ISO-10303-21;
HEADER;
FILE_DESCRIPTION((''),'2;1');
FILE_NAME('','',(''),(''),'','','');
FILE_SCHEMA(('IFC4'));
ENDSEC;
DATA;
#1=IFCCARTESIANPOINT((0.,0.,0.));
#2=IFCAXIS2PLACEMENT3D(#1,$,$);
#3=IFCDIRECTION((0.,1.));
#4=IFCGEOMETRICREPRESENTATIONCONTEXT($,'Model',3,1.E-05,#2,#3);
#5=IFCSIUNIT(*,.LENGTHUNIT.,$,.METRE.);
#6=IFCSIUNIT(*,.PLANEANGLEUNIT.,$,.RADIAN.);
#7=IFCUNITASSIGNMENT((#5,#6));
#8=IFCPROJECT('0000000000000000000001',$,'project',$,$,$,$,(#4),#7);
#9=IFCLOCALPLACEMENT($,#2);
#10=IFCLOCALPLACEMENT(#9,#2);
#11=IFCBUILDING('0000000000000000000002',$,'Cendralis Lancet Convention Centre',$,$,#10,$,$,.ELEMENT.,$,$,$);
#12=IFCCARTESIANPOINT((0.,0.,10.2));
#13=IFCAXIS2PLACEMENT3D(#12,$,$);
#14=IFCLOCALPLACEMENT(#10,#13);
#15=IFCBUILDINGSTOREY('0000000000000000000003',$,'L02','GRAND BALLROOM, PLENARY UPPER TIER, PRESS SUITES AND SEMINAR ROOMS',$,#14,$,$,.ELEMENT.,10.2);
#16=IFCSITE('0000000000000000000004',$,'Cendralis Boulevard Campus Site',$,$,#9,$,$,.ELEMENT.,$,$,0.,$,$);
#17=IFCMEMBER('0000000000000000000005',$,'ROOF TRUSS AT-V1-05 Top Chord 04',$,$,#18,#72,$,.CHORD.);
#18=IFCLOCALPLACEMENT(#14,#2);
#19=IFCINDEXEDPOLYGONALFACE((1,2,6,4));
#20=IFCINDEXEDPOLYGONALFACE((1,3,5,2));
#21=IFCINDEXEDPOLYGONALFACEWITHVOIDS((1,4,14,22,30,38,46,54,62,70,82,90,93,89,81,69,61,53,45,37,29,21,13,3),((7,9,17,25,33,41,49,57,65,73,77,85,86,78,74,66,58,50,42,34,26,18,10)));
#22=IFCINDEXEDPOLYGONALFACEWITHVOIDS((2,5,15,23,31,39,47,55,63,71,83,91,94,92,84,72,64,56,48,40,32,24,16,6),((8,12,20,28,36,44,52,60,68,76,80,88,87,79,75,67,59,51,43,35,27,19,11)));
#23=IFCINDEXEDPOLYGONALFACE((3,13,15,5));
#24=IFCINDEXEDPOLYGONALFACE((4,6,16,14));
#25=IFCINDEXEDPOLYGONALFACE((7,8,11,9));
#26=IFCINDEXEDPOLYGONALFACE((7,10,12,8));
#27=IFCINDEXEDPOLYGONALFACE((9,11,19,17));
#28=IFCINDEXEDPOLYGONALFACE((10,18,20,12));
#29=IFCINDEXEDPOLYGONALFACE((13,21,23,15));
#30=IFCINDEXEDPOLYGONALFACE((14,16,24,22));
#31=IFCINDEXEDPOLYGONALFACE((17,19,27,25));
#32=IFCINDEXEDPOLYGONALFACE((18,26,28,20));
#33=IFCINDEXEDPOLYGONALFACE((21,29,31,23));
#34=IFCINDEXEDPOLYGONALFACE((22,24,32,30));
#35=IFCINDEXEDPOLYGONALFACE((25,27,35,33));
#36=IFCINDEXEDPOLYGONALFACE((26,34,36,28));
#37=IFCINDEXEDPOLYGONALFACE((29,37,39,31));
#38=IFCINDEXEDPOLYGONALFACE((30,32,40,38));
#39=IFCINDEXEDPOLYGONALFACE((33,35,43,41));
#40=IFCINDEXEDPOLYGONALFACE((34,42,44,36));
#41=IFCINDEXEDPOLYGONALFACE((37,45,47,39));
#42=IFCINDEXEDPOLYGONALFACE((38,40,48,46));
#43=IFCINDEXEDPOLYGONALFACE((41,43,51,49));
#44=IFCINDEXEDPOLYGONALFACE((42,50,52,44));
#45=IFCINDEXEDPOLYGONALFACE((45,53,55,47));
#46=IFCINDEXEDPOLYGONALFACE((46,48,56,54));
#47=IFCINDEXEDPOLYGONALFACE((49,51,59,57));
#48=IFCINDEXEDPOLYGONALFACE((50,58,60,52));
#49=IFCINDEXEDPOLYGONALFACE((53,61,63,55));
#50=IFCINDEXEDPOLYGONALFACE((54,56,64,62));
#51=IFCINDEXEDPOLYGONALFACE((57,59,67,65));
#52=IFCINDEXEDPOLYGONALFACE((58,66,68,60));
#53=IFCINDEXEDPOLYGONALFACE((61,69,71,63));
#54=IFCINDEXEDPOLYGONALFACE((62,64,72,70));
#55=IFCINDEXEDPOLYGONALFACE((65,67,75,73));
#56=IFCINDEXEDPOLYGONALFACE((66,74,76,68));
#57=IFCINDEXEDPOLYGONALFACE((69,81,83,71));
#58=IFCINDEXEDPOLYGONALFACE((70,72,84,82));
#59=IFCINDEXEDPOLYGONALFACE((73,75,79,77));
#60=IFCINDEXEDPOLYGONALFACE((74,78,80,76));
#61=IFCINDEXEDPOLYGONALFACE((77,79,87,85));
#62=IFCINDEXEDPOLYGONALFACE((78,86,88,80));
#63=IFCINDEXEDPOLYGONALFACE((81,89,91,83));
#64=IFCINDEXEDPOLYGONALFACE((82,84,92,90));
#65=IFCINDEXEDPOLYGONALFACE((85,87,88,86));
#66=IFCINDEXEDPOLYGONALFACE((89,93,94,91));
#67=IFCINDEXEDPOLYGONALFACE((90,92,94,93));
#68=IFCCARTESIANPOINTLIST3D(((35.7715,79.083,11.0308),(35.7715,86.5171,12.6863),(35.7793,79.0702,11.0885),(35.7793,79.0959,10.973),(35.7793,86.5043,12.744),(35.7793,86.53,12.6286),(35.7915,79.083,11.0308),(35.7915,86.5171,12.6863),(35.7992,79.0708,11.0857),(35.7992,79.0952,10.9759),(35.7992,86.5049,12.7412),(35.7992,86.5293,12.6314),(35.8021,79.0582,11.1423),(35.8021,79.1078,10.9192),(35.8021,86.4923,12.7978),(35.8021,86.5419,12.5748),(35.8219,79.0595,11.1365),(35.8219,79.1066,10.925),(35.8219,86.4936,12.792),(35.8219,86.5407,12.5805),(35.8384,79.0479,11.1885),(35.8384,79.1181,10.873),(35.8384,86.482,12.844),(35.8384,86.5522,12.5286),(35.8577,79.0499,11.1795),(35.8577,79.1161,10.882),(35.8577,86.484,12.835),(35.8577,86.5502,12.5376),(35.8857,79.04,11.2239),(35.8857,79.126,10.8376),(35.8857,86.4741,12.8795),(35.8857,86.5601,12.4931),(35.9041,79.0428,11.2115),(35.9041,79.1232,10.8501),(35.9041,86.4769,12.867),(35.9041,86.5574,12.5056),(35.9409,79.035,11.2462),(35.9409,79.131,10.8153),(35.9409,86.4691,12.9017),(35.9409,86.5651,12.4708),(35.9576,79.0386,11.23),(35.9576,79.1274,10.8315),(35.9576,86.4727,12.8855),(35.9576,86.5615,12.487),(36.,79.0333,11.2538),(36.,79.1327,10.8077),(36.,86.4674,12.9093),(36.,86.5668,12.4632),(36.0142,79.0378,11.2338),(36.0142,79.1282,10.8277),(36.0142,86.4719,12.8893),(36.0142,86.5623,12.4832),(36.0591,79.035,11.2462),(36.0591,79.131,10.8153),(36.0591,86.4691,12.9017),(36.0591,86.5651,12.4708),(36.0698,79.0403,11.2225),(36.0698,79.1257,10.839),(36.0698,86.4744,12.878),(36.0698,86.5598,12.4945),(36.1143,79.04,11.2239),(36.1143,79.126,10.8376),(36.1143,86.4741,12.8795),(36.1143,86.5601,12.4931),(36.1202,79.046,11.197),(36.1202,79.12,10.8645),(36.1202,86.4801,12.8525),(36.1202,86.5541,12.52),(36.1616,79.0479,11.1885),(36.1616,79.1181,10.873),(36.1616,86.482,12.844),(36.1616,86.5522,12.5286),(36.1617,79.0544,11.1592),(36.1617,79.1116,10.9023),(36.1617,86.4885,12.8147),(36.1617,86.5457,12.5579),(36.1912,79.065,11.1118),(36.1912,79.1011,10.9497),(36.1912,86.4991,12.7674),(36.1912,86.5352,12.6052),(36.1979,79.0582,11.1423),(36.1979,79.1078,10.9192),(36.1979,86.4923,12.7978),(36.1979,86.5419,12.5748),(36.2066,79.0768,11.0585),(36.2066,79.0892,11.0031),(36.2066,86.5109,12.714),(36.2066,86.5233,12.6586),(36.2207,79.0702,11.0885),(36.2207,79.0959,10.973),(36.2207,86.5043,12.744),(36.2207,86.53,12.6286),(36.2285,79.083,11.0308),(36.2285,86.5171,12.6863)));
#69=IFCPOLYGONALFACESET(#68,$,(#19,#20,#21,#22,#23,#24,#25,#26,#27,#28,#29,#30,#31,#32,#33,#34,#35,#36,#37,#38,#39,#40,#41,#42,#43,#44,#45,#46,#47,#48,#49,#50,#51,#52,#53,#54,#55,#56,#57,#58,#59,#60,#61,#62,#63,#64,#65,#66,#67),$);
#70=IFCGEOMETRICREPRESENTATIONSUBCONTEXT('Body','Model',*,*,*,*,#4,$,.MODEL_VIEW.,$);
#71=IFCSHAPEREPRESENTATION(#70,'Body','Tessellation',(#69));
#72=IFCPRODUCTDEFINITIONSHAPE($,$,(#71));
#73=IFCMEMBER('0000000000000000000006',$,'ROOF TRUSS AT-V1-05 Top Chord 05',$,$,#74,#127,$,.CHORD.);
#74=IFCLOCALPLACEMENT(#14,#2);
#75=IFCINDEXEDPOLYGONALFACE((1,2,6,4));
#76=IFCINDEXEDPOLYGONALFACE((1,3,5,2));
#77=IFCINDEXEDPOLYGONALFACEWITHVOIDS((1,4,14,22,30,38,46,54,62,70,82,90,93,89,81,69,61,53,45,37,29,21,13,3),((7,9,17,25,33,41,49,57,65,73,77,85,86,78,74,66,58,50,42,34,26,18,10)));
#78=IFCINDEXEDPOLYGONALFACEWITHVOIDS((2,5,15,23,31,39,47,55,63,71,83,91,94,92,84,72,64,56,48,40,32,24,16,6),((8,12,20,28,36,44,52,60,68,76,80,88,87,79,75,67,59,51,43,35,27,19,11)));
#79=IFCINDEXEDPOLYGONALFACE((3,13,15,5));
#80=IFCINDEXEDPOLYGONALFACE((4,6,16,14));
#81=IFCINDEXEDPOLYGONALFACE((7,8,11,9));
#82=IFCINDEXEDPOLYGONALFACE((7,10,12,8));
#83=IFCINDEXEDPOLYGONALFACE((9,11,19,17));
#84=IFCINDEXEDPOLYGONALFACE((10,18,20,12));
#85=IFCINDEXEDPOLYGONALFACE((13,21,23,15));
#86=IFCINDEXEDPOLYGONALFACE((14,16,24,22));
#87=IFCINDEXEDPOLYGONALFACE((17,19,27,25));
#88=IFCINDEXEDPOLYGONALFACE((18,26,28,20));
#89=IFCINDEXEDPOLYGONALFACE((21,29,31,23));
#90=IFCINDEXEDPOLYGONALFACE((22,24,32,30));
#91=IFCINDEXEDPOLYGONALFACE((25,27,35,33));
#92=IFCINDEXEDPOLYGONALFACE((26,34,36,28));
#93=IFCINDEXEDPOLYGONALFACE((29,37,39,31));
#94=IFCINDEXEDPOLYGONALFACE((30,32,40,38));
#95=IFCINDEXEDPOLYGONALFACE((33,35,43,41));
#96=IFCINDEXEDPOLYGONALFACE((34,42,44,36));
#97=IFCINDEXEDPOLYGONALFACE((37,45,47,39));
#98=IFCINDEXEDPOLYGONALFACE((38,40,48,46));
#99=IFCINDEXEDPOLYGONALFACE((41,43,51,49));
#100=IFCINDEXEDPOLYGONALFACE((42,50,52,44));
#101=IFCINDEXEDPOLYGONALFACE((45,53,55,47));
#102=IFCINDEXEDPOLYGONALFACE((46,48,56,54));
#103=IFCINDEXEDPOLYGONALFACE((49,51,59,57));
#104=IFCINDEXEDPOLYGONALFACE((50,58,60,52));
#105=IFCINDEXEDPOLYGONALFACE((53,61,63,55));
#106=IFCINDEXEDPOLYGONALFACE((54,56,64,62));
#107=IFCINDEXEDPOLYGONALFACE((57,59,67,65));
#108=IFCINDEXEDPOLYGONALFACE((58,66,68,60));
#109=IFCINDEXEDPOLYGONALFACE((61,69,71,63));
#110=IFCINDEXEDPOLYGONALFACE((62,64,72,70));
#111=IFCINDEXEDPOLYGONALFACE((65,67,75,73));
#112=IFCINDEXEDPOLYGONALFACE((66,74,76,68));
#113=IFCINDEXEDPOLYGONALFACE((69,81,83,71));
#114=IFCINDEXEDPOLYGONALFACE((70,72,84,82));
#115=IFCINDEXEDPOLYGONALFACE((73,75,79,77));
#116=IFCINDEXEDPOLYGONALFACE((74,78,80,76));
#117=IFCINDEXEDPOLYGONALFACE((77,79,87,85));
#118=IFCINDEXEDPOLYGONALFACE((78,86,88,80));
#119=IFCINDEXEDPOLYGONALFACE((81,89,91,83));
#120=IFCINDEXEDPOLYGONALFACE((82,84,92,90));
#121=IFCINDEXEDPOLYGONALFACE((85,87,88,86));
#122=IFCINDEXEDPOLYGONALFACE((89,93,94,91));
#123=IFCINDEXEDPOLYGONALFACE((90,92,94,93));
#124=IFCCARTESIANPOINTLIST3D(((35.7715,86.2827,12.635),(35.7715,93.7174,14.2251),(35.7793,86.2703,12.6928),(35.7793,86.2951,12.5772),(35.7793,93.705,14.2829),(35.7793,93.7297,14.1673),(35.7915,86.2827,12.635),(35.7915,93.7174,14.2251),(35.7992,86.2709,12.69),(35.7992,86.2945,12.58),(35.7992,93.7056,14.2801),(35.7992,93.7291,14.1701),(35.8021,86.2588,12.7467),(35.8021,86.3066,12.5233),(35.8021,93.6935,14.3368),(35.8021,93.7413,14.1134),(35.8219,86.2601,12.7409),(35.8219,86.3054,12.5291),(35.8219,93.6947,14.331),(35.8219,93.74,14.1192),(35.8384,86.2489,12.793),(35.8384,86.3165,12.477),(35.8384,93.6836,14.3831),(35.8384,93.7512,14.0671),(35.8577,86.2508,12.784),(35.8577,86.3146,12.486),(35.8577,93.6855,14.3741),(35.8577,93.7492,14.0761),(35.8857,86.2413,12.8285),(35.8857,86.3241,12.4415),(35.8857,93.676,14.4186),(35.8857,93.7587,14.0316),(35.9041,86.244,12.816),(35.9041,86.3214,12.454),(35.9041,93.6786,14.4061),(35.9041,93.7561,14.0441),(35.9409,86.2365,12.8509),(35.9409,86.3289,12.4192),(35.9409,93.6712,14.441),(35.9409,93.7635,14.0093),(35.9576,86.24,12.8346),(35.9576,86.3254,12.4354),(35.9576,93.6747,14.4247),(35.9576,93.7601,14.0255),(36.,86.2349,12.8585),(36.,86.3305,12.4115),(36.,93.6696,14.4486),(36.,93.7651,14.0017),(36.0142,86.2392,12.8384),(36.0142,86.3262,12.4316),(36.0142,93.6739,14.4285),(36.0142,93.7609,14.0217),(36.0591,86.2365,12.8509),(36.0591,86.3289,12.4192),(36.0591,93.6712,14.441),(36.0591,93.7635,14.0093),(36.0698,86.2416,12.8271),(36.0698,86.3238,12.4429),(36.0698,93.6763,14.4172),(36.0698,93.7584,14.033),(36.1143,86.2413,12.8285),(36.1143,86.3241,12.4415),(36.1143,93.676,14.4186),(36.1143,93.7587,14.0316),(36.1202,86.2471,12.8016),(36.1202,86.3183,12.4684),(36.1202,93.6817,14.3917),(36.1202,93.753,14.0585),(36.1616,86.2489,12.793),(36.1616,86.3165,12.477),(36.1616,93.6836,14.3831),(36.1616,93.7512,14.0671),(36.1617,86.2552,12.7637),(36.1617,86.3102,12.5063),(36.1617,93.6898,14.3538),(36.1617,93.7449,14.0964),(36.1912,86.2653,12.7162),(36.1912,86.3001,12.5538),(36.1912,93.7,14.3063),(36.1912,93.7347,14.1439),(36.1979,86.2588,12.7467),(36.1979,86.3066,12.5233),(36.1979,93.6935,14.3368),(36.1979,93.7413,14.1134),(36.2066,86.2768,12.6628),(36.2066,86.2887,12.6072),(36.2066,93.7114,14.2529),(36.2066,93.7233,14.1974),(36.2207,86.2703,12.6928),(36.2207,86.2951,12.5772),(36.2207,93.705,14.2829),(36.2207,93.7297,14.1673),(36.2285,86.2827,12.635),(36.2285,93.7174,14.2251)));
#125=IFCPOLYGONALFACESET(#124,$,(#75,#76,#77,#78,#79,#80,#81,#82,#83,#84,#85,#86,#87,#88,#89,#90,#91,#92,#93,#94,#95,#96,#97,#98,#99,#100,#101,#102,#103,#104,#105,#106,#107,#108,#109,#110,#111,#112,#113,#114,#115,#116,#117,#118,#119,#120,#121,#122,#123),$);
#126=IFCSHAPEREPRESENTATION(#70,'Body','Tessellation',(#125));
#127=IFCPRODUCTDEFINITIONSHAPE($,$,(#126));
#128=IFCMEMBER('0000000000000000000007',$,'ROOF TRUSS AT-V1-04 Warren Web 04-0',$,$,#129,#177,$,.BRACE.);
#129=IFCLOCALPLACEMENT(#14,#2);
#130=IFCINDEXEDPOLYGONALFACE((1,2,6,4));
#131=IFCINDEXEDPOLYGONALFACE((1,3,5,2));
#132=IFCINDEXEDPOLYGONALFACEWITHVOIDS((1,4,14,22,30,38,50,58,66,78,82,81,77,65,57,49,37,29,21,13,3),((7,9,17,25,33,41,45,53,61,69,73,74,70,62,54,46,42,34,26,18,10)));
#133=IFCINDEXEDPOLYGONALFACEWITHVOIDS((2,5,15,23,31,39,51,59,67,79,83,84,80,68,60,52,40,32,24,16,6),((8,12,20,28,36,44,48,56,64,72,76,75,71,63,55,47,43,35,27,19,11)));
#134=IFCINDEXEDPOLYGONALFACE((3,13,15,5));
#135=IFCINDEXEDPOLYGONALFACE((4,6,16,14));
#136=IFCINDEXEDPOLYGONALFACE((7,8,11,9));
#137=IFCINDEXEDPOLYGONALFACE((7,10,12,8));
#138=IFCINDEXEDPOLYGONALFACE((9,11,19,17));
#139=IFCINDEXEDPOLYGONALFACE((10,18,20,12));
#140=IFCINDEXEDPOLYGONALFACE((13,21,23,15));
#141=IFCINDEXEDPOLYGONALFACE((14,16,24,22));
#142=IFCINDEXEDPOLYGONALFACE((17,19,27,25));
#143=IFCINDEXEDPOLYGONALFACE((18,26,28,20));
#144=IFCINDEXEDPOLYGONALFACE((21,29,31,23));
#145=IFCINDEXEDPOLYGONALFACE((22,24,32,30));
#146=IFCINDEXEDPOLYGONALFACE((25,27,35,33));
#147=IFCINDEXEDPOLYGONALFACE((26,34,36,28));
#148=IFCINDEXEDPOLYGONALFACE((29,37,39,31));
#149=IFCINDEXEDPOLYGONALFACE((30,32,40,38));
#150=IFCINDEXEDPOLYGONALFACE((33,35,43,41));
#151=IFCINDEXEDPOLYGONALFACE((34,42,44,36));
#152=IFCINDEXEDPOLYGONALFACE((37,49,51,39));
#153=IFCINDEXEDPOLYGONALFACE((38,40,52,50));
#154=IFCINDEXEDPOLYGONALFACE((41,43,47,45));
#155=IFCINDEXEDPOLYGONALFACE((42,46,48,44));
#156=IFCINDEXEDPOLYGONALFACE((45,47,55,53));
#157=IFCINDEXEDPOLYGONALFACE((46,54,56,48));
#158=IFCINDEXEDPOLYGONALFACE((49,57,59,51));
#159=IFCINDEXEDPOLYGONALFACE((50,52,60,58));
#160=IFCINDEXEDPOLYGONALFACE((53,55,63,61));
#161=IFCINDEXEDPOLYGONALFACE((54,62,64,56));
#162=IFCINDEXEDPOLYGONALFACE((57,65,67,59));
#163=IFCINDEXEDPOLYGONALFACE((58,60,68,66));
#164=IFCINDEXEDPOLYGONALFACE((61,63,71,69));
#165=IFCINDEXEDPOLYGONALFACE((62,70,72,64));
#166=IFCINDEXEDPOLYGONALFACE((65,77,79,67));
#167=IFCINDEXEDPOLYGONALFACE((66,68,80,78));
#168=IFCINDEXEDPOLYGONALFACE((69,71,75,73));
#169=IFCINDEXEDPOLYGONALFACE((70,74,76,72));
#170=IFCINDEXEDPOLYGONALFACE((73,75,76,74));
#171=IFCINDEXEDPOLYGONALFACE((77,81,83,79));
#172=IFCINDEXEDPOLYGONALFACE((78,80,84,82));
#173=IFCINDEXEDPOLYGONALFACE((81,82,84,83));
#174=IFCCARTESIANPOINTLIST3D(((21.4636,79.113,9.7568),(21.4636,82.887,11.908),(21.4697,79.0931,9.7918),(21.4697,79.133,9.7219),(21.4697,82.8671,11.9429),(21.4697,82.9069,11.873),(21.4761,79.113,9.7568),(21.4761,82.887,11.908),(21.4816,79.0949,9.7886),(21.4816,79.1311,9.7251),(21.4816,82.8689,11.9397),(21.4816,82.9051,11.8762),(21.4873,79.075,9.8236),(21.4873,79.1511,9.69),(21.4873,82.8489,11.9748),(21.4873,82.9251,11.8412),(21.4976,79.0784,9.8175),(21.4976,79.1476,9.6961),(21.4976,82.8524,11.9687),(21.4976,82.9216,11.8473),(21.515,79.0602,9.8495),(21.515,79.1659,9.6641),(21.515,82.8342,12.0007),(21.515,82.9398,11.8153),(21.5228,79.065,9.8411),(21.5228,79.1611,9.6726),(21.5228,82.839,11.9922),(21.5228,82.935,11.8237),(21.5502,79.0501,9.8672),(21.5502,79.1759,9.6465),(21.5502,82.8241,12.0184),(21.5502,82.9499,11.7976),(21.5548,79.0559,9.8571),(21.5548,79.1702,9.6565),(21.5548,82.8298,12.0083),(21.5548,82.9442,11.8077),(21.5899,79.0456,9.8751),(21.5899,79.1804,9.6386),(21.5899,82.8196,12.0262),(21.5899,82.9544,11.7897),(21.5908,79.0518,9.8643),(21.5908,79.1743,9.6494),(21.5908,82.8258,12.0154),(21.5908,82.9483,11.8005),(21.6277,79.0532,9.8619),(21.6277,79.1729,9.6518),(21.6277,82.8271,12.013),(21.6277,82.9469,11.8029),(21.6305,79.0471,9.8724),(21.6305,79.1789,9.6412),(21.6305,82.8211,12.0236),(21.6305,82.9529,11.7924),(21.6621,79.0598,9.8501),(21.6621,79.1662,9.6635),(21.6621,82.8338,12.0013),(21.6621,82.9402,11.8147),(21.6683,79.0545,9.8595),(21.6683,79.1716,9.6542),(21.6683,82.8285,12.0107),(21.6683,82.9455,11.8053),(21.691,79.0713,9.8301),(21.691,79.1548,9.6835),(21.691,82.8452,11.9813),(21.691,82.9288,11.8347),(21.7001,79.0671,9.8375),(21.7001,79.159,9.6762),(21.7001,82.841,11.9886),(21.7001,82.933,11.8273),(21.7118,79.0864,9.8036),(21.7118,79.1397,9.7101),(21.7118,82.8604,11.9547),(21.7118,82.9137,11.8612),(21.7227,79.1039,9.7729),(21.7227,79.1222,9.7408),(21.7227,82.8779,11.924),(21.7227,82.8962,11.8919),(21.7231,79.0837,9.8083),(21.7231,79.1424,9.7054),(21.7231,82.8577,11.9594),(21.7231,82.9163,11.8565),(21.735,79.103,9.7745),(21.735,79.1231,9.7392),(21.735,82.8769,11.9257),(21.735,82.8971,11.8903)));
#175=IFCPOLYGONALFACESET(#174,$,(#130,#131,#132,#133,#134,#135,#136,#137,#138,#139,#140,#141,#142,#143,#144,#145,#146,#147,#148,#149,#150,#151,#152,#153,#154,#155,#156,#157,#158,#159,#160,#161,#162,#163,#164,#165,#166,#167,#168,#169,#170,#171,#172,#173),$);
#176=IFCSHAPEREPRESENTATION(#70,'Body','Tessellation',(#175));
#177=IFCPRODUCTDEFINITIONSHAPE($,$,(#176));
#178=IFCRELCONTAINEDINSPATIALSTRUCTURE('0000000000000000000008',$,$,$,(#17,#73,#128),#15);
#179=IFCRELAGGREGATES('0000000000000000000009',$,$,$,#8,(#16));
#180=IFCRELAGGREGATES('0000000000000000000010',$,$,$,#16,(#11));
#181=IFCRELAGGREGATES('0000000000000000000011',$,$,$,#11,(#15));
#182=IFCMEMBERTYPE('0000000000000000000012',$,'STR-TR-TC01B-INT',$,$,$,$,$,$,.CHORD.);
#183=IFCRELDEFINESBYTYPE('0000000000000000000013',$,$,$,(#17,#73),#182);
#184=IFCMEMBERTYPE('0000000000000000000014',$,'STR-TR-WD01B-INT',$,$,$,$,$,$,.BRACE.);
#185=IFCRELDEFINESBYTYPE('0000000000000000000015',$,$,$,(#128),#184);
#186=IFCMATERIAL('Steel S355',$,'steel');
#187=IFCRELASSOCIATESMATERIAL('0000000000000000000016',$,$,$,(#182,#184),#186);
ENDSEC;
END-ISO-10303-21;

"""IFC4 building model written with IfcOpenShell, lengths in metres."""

from ifc_helpers import new_model, si_unit, direction, frame, origin, origin_2d, place, context, subcontext, project, spatial, hollow_circle, extrude, material, material_profile, profile_set, type_object, element, save


model = new_model("IFC4")

# Units and contexts
model_context = context("Model", 3, precision=1e-05, world=origin(), true_north=direction((0.0, 1.0)))
body_context = subcontext(model_context, "Body", "Model", "MODEL_VIEW")
ifc_project = project(units=[si_unit("LENGTHUNIT", "METRE"), si_unit("PLANEANGLEUNIT", "RADIAN")], contexts=[model_context])

# Site, building, storey
site_placement = place(None, origin())
site = spatial("IfcSite", under=ifc_project, at=site_placement, Name="Cendralis Boulevard Campus Site", CompositionType="ELEMENT", RefElevation=0.0)
building_placement = place(site_placement, origin())
building = spatial("IfcBuilding", under=site, at=building_placement, Name="Cendralis Lancet Convention Centre", CompositionType="ELEMENT")
storey_placement = place(building_placement, frame((0.0, 0.0, 10.2)))
storey = spatial("IfcBuildingStorey", under=building, at=storey_placement, Name="L02", Description="GRAND BALLROOM, PLENARY UPPER TIER, PRESS SUITES AND SEMINAR ROOMS", CompositionType="ELEMENT", Elevation=10.2)

# Members
ifc_material = material(Name="Steel S355", Category="steel")
ifc_material_profile_1 = material_profile(ifc_material, hollow_circle(Radius=0.2285, WallThickness=0.02, at=origin_2d()), Name="CHS 457.0x20.0")
ifc_profile_set_1 = profile_set([ifc_material_profile_1], Name="Steel S355")
member_type_1 = type_object("IfcMemberType", Name="STR-TR-TC01B-INT", PredefinedType="CHORD", material=ifc_profile_set_1)
member_1_placement = place(storey_placement, frame((36.0, 79.083, 11.0308), z_axis=(0.0, 0.97609, 0.217368), x_axis=(-1.0, 0.0, 0.0)))
element("IfcMember", 1, at=member_1_placement, inside=storey, type_object=member_type_1, Name="ROOF TRUSS AT-V1-05 Top Chord 04", PredefinedType="CHORD", context=body_context, shape_type="SweptSolid", body=[
    extrude(hollow_circle(Radius=0.2285, WallThickness=0.02, at=origin_2d()), origin(), (0.0, 0.0, 1.0), 7.6162),
])
member_2_placement = place(storey_placement, frame((36.0, 86.2827, 12.635), z_axis=(0.0, 0.977884, 0.209147), x_axis=(-1.0, 0.0, 0.0)))
element("IfcMember", 2, at=member_2_placement, inside=storey, type_object=member_type_1, Name="ROOF TRUSS AT-V1-05 Top Chord 05", PredefinedType="CHORD", context=body_context, shape_type="SweptSolid", body=[
    extrude(hollow_circle(Radius=0.2285, WallThickness=0.02, at=origin_2d()), origin(), (0.0, 0.0, 1.0), 7.6028),
])
ifc_material_profile_2 = material_profile(ifc_material, hollow_circle(Radius=0.1365, WallThickness=0.0125, at=origin_2d()), Name="CHS 273.0x12.5")
ifc_profile_set_2 = profile_set([ifc_material_profile_2], Name="Steel S355")
member_type_2 = type_object("IfcMemberType", Name="STR-TR-WD01B-INT", PredefinedType="BRACE", material=ifc_profile_set_2)
member_3_placement = place(storey_placement, frame((21.6001, 79.113, 9.7568), z_axis=(0.0, 0.868779, 0.4952), x_axis=(-1.0, 0.0, 0.0)))
element("IfcMember", 3, at=member_3_placement, inside=storey, type_object=member_type_2, Name="ROOF TRUSS AT-V1-04 Warren Web 04-0", PredefinedType="BRACE", context=body_context, shape_type="SweptSolid", body=[
    extrude(hollow_circle(Radius=0.1365, WallThickness=0.0125, at=origin_2d()), origin(), (0.0, 0.0, 1.0), 4.344),
])

save(model, "model.ifc")
